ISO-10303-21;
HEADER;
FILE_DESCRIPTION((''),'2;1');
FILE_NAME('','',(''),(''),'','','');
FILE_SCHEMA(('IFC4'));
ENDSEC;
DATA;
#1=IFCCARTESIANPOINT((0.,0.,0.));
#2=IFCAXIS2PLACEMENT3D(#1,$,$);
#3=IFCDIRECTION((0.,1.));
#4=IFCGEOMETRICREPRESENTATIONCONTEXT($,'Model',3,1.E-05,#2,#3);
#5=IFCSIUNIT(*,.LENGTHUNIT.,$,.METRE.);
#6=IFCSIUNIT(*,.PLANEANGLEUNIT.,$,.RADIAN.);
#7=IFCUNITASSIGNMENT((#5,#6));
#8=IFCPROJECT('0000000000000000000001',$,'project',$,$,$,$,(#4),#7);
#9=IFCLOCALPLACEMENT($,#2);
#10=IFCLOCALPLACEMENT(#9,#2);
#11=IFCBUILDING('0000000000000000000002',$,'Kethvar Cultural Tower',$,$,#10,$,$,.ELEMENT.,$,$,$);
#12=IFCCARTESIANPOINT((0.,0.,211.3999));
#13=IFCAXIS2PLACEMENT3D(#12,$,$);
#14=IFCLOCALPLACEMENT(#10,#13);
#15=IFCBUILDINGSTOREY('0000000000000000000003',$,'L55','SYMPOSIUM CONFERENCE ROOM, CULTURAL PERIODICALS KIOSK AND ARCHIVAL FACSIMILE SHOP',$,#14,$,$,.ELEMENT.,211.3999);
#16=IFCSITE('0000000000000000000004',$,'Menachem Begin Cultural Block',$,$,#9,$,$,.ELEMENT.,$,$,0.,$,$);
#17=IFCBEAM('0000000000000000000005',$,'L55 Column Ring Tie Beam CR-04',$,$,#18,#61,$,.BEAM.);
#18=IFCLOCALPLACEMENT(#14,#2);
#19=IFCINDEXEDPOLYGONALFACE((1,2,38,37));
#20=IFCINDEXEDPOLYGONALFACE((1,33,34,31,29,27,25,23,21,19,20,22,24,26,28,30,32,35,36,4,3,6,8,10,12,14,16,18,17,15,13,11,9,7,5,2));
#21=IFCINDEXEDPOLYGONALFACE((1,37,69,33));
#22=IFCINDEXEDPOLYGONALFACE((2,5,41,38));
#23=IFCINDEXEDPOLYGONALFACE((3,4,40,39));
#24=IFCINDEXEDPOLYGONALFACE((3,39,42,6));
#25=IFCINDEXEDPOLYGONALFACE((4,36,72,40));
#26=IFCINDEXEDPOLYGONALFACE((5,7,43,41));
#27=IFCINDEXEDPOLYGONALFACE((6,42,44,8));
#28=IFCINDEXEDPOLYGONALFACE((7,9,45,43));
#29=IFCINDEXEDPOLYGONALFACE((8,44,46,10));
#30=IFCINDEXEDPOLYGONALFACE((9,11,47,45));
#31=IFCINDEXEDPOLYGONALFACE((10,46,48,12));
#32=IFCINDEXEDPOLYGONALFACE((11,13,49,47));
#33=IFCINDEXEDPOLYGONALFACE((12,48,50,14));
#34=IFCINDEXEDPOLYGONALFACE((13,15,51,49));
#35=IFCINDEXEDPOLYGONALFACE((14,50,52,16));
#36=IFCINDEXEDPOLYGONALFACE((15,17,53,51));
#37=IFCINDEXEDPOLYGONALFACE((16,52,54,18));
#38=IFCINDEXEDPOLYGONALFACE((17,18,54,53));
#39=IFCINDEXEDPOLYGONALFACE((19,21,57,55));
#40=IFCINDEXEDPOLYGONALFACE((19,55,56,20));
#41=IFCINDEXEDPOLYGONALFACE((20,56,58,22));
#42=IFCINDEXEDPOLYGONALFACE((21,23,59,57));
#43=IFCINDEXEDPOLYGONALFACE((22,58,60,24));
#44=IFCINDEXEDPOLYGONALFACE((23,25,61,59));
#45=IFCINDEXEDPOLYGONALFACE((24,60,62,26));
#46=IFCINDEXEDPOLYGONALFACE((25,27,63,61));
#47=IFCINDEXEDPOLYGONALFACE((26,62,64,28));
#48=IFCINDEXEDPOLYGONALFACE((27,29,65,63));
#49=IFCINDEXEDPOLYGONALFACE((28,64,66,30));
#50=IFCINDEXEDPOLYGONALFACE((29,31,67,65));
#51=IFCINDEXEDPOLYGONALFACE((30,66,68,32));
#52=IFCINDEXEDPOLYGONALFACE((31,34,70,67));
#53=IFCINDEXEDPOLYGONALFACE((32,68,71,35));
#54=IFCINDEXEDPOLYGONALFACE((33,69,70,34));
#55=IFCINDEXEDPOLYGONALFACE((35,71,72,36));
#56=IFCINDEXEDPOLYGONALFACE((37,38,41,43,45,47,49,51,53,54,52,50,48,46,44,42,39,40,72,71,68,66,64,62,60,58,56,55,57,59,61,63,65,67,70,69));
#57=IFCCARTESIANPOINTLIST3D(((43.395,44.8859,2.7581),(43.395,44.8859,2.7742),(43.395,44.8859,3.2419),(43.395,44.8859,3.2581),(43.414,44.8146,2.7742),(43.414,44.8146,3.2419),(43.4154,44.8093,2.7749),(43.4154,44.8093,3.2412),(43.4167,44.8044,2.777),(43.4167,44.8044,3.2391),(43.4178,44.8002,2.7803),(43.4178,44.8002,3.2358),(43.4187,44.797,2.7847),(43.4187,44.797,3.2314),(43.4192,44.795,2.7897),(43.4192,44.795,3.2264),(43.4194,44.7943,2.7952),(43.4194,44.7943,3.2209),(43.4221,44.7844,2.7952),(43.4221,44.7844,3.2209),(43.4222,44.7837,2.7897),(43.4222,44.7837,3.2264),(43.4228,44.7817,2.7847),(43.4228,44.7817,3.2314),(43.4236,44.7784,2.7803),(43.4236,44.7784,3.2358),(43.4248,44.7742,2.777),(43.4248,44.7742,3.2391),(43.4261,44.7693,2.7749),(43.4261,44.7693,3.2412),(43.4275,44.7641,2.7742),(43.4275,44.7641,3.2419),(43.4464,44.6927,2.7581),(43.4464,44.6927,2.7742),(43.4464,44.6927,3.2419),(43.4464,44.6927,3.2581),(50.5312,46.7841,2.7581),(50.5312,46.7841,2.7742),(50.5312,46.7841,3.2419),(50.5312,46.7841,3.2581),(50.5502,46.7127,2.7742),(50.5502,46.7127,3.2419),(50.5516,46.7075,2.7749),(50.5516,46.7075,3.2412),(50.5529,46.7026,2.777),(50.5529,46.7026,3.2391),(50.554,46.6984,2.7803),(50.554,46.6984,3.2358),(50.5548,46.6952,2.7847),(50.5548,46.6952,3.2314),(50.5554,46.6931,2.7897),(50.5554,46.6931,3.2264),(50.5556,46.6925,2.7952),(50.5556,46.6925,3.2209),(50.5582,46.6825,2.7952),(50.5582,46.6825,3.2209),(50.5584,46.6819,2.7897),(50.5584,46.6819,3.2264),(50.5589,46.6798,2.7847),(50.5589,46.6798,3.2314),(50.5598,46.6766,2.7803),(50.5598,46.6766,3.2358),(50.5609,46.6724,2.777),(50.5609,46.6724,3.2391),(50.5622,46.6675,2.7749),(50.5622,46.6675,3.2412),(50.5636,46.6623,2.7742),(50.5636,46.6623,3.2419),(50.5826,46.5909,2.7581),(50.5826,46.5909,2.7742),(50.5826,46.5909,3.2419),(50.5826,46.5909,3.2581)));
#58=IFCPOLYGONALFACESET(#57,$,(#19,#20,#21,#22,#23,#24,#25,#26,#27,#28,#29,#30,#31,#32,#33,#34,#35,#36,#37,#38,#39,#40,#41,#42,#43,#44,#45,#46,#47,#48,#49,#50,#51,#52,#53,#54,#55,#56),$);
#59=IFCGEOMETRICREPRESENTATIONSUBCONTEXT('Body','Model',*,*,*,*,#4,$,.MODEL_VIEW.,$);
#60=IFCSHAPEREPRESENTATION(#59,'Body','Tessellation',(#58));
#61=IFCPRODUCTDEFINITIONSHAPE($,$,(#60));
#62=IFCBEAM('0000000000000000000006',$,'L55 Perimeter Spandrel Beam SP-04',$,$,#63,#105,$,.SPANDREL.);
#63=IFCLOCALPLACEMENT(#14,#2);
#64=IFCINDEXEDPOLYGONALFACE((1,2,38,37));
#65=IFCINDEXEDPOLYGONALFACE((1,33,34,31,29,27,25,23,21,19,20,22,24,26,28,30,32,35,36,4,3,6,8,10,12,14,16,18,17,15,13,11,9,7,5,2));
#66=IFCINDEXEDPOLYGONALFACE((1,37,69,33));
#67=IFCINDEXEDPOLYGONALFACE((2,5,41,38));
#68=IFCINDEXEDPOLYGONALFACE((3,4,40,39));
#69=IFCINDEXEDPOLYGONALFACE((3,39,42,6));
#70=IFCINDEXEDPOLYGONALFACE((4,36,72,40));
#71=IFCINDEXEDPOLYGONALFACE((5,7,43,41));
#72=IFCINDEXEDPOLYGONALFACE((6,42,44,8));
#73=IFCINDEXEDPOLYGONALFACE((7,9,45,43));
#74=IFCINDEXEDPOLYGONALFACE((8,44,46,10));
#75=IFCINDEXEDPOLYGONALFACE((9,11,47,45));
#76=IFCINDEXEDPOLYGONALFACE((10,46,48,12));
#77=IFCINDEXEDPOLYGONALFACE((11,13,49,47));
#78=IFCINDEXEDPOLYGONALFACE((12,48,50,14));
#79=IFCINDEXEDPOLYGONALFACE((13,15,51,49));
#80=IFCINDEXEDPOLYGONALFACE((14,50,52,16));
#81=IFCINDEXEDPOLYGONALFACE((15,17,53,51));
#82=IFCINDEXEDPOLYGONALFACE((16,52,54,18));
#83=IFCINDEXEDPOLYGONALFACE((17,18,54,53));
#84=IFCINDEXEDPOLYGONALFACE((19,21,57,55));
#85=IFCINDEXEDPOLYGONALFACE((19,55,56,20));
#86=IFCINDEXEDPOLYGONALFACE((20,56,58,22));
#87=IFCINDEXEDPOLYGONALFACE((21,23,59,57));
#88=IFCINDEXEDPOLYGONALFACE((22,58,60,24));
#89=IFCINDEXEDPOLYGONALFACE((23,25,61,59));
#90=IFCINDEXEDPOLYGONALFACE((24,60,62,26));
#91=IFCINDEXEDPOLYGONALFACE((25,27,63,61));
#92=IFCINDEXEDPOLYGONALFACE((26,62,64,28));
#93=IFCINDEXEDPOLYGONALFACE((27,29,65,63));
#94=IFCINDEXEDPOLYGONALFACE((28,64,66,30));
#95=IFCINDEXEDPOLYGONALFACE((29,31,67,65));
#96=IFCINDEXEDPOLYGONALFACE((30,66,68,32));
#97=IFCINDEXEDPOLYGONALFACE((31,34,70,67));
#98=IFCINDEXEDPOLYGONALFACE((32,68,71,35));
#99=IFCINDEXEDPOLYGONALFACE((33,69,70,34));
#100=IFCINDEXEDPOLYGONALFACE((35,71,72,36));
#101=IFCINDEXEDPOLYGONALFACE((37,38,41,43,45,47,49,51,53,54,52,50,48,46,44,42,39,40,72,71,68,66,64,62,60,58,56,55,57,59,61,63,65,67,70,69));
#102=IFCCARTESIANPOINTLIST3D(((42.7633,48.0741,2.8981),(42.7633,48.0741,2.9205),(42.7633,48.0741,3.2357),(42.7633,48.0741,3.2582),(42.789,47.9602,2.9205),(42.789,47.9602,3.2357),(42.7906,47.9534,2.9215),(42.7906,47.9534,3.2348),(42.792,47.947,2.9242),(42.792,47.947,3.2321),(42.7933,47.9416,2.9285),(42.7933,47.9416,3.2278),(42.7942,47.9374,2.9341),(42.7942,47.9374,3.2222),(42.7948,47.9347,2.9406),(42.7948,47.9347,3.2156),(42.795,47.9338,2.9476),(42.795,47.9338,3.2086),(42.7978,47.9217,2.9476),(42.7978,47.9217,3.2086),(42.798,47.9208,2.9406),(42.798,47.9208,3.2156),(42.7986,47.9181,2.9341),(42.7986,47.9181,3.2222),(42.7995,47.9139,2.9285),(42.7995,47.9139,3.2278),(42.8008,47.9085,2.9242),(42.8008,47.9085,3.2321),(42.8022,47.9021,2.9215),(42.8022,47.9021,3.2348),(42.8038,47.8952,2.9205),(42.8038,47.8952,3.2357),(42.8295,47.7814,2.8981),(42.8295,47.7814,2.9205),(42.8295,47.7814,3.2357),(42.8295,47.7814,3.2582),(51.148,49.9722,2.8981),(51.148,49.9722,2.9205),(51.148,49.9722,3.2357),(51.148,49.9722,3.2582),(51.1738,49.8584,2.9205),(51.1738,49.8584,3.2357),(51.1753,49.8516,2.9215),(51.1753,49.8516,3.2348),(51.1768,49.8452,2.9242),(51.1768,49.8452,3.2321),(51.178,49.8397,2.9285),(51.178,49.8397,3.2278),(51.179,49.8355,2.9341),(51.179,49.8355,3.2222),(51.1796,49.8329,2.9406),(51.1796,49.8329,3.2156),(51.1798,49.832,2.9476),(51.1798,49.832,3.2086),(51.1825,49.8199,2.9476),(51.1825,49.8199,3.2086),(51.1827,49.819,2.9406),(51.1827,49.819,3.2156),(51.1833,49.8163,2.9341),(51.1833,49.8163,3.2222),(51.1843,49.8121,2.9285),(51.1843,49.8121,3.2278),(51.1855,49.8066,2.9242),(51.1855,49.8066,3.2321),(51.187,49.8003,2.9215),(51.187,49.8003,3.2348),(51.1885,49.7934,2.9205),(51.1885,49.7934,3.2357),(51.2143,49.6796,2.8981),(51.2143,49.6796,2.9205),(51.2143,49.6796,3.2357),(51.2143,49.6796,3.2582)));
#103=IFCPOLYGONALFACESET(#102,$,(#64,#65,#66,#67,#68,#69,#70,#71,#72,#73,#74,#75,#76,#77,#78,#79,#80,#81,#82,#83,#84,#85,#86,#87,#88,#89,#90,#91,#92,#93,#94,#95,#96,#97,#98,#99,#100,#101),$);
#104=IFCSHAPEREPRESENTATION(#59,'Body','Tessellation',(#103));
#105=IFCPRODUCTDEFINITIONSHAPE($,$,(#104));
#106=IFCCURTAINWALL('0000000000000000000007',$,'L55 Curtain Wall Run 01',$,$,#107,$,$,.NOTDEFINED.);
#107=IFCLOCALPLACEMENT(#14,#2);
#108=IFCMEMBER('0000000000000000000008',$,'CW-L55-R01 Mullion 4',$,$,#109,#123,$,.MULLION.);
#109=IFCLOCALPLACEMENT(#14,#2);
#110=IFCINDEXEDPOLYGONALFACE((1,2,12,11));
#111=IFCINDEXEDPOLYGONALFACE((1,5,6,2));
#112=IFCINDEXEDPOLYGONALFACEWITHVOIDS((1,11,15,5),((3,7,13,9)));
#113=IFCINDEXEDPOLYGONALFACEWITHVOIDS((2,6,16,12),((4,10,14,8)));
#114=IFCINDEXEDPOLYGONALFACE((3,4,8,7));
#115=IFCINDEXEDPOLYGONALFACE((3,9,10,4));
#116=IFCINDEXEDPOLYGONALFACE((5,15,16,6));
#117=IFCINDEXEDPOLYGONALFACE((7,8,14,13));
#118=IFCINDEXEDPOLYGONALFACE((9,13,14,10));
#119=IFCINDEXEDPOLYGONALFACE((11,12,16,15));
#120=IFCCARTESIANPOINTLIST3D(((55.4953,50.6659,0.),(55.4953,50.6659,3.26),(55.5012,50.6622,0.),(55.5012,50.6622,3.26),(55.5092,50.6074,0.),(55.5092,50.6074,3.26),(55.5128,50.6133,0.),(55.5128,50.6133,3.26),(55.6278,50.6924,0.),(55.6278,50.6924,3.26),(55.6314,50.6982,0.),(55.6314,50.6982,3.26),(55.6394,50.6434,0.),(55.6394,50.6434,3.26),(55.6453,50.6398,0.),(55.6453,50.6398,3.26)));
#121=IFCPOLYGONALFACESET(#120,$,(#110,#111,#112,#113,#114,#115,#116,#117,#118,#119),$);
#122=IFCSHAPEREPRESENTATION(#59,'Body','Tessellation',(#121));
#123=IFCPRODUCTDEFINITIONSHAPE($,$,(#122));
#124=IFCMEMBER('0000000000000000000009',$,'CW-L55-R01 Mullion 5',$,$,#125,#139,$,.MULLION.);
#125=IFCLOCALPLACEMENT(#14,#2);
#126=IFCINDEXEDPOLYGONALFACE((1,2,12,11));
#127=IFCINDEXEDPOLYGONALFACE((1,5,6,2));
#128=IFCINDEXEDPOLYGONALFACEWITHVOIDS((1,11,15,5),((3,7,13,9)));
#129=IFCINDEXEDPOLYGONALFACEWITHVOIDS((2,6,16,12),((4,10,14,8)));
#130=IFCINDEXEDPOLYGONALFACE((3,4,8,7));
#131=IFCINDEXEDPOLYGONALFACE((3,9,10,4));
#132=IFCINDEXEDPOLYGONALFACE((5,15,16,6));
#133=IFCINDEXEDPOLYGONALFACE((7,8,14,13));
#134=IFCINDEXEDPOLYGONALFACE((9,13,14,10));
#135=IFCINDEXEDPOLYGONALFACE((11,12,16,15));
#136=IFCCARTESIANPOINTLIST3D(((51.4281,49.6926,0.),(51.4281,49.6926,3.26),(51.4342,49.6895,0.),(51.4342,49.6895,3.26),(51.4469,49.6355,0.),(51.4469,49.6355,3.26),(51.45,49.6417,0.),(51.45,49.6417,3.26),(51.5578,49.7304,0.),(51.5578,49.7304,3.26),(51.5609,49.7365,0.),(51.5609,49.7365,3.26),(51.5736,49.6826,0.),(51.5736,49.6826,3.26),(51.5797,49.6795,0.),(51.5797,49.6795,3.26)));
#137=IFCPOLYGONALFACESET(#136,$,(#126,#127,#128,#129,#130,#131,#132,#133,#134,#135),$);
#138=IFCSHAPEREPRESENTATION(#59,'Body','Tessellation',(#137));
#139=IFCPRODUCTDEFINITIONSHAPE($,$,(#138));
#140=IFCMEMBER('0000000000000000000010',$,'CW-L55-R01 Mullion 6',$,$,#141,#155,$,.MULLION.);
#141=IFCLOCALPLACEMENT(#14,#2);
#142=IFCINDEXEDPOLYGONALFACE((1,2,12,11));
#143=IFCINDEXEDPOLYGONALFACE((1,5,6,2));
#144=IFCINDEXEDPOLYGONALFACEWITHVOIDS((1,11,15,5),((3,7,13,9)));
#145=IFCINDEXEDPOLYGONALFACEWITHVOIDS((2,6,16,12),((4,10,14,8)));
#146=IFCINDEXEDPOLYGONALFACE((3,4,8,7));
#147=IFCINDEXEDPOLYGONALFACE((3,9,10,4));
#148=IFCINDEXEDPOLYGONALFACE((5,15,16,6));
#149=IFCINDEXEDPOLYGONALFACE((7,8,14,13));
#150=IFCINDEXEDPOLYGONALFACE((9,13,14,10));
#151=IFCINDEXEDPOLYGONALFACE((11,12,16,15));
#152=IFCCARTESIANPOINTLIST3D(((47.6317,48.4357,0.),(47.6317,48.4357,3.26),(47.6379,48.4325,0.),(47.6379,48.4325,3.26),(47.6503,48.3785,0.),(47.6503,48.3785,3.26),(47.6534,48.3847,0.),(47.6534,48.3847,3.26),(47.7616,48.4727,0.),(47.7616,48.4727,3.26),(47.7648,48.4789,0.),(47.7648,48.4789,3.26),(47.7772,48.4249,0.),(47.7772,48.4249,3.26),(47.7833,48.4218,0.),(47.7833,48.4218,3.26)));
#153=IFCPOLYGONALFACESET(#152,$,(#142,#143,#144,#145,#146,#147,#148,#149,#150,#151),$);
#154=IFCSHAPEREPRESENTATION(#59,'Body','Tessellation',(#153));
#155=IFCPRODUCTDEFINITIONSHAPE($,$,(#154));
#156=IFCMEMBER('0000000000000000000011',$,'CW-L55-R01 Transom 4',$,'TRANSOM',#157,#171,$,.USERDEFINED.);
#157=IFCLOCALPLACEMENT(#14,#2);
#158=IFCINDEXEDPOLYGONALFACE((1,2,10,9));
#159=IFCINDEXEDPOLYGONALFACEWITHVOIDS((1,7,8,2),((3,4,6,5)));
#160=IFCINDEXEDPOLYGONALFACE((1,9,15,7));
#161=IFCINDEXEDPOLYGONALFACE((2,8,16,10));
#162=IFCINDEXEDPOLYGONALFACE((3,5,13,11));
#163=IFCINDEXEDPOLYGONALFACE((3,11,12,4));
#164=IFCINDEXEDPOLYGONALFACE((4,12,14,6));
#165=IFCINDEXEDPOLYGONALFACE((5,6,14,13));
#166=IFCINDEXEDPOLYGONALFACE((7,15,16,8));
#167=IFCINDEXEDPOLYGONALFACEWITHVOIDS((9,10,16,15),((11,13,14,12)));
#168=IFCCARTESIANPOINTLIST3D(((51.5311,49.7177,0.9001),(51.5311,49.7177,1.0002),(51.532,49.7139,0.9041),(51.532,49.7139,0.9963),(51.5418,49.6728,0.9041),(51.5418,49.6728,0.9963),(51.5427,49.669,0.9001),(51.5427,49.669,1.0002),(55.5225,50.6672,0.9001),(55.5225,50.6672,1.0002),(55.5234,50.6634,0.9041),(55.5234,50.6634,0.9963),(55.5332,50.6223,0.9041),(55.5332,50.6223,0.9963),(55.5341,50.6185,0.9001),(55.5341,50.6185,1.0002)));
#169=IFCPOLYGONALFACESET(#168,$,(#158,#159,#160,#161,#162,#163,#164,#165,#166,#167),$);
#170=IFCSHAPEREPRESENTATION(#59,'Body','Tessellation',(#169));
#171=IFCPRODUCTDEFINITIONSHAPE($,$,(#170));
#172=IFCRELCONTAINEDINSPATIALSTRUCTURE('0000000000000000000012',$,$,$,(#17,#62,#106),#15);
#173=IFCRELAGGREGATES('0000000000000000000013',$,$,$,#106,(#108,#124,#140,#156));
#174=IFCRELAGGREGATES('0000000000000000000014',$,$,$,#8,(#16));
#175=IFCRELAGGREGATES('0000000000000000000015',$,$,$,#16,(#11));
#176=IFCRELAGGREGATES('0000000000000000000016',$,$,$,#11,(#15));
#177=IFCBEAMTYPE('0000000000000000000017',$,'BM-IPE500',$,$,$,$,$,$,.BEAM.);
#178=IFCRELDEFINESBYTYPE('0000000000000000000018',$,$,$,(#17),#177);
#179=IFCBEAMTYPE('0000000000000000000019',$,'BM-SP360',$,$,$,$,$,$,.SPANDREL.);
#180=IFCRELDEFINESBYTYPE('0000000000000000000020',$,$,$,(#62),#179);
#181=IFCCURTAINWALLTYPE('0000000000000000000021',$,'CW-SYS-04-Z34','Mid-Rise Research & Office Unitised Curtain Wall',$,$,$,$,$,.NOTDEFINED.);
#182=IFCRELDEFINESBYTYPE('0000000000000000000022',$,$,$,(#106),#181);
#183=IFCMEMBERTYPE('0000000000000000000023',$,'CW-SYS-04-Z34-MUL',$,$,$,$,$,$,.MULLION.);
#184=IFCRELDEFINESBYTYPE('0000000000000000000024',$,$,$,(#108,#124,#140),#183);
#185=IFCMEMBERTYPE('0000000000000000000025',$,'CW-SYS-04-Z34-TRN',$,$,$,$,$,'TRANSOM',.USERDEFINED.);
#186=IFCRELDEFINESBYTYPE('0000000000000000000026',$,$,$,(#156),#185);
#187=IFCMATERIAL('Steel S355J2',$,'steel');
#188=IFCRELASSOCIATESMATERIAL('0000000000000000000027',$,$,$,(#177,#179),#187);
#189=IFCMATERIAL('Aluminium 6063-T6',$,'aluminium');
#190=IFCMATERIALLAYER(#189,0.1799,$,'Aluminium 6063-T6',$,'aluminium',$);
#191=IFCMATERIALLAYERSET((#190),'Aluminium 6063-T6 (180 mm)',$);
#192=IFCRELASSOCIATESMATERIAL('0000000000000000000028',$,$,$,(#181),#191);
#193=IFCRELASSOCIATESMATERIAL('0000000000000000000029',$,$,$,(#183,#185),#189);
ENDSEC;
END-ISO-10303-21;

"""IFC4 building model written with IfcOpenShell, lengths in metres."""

from ifc_helpers import new_model, si_unit, direction, frame, origin, origin_2d, place, context, subcontext, project, spatial, hollow_rectangle, i_section, extrude, source, transform, mapped, material, layer, layer_set, material_profile, profile_set, type_object, element, aggregate, save


model = new_model("IFC4")

# Units and contexts
model_context = context("Model", 3, precision=1e-05, world=origin(), true_north=direction((0.0, 1.0)))
body_context = subcontext(model_context, "Body", "Model", "MODEL_VIEW")
ifc_project = project(units=[si_unit("LENGTHUNIT", "METRE"), si_unit("PLANEANGLEUNIT", "RADIAN")], contexts=[model_context])

# Site, building, storey
site_placement = place(None, origin())
site = spatial("IfcSite", under=ifc_project, at=site_placement, Name="Menachem Begin Cultural Block", CompositionType="ELEMENT", RefElevation=0.0)
building_placement = place(site_placement, origin())
building = spatial("IfcBuilding", under=site, at=building_placement, Name="Kethvar Cultural Tower", CompositionType="ELEMENT")
storey_placement = place(building_placement, frame((0.0, 0.0, 211.3999)))
storey = spatial("IfcBuildingStorey", under=building, at=storey_placement, Name="L55", Description="SYMPOSIUM CONFERENCE ROOM, CULTURAL PERIODICALS KIOSK AND ARCHIVAL FACSIMILE SHOP", CompositionType="ELEMENT", Elevation=211.3999)

# Beams
ifc_material_1 = material(Name="Steel S355J2", Category="steel")
ifc_material_profile_1 = material_profile(ifc_material_1, i_section(OverallWidth=0.2, OverallDepth=0.5, WebThickness=0.0103, FlangeThickness=0.0161, FilletRadius=0.021, at=origin_2d()), Name="Steel S355J2 — IPE500")
ifc_profile_set_1 = profile_set([ifc_material_profile_1], Name="Steel S355J2 — IPE500")
beam_type_1 = type_object("IfcBeamType", Name="BM-IPE500", PredefinedType="BEAM", material=ifc_profile_set_1)
shared_shape_1 = source(origin(), body_context, "Body", "SweptSolid", [
    extrude(i_section(OverallWidth=0.2, OverallDepth=0.5, WebThickness=0.0103, FlangeThickness=0.0161, FilletRadius=0.021, at=origin_2d()), origin(), (0.0, 0.0, 1.0), 7.3843),
])
beam_1_placement = place(storey_placement, frame((50.5569, 46.6875, 3.0081), z_axis=(-0.966397, -0.257056, 0.0), x_axis=(0.257056, -0.966397, 0.0)))
element("IfcBeam", 1, at=beam_1_placement, inside=storey, type_object=beam_type_1, Name="L55 Column Ring Tie Beam CR-04", PredefinedType="BEAM", context=body_context, shape_type="MappedRepresentation", body=[
    mapped(shared_shape_1, transform((0.0, 0.0, 0.0), scale=1.0)),
])
ifc_material_profile_2 = material_profile(ifc_material_1, i_section(OverallWidth=0.3, OverallDepth=0.3601, WebThickness=0.0125, FlangeThickness=0.0225, FilletRadius=0.0271, at=origin_2d()), Name="Steel S355J2 — HEB360")
ifc_profile_set_2 = profile_set([ifc_material_profile_2], Name="Steel S355J2 — HEB360")
beam_type_2 = type_object("IfcBeamType", Name="BM-SP360", PredefinedType="SPANDREL", material=ifc_profile_set_2)
shared_shape_2 = source(origin(), body_context, "Body", "SweptSolid", [
    extrude(i_section(OverallWidth=0.3, OverallDepth=0.3601, WebThickness=0.0125, FlangeThickness=0.0225, FilletRadius=0.0271, at=origin_2d()), origin(), (0.0, 0.0, 1.0), 8.5969),
])
beam_2_placement = place(storey_placement, frame((51.1812, 49.8259, 3.0781), z_axis=(-0.975319, -0.220799, 0.0), x_axis=(0.220799, -0.975319, 0.0)))
element("IfcBeam", 2, at=beam_2_placement, inside=storey, type_object=beam_type_2, Name="L55 Perimeter Spandrel Beam SP-04", PredefinedType="SPANDREL", context=body_context, shape_type="MappedRepresentation", body=[
    mapped(shared_shape_2, transform((0.0, 0.0, 0.0), scale=1.0)),
])

# Curtain wall, members
ifc_material_2 = material(Name="Aluminium 6063-T6", Category="aluminium")
ifc_layer_1 = layer(ifc_material_2, 0.1799, Name="Aluminium 6063-T6", Category="aluminium")
ifc_layer_set_1 = layer_set([ifc_layer_1], Name="Aluminium 6063-T6 (180 mm)")
curtain_wall_type = type_object("IfcCurtainWallType", Name="CW-SYS-04-Z34", Description="Mid-Rise Research & Office Unitised Curtain Wall", PredefinedType="NOTDEFINED", material=ifc_layer_set_1)
curtain_wall_placement = place(storey_placement, origin())
curtain_wall = element("IfcCurtainWall", 3, at=curtain_wall_placement, inside=storey, type_object=curtain_wall_type, Name="L55 Curtain Wall Run 01", PredefinedType="NOTDEFINED")
ifc_material_profile_3 = material_profile(ifc_material_2, hollow_rectangle(XDim=0.0601, YDim=0.1399, WallThickness=0.0049, at=origin_2d()), Name="Aluminium 6063-T6 — RHS140x60x5")
ifc_profile_set_3 = profile_set([ifc_material_profile_3], Name="Aluminium 6063-T6 — RHS140x60x5")
member_type_1 = type_object("IfcMemberType", Name="CW-SYS-04-Z34-MUL", PredefinedType="MULLION", material=ifc_profile_set_3)
shared_shape_3 = source(origin(), body_context, "Body", "SweptSolid", [
    extrude(hollow_rectangle(XDim=0.0601, YDim=0.1399, WallThickness=0.0049, at=origin_2d()), origin(), (0.0, 0.0, 1.0), 3.26),
])
member_1_placement = place(storey_placement, frame((55.5703, 50.6528, 0.0), z_axis=(0.0, 0.0, 1.0), x_axis=(0.231408, -0.972857, 0.0)))
member_1 = element("IfcMember", 4, at=member_1_placement, type_object=member_type_1, Name="CW-L55-R01 Mullion 4", PredefinedType="MULLION", context=body_context, shape_type="MappedRepresentation", body=[
    mapped(shared_shape_3, transform((0.0, 0.0, 0.0), scale=1.0)),
])
member_2_placement = place(storey_placement, frame((51.5039, 49.686, 0.0), z_axis=(0.0, 0.0, 1.0), x_axis=(0.314374, -0.949299, 0.0)))
member_2 = element("IfcMember", 5, at=member_2_placement, type_object=member_type_1, Name="CW-L55-R01 Mullion 5", PredefinedType="MULLION", context=body_context, shape_type="MappedRepresentation", body=[
    mapped(shared_shape_3, transform((0.0, 0.0, 0.0), scale=1.0)),
])
member_3_placement = place(storey_placement, frame((47.7075, 48.4287, 0.0), z_axis=(0.0, 0.0, 1.0), x_axis=(0.308851, -0.95111, 0.0)))
member_3 = element("IfcMember", 6, at=member_3_placement, type_object=member_type_1, Name="CW-L55-R01 Mullion 6", PredefinedType="MULLION", context=body_context, shape_type="MappedRepresentation", body=[
    mapped(shared_shape_3, transform((0.0, 0.0, 0.0), scale=1.0)),
])
ifc_material_profile_4 = material_profile(ifc_material_2, hollow_rectangle(XDim=0.05, YDim=0.1001, WallThickness=0.0039, at=origin_2d()), Name="Aluminium 6063-T6 — RHS100x50x4")
ifc_profile_set_4 = profile_set([ifc_material_profile_4], Name="Aluminium 6063-T6 — RHS100x50x4")
member_type_2 = type_object("IfcMemberType", Name="CW-SYS-04-Z34-TRN", ElementType="TRANSOM", PredefinedType="USERDEFINED", material=ifc_profile_set_4)
shared_shape_4 = source(origin(), body_context, "Body", "SweptSolid", [
    extrude(hollow_rectangle(XDim=0.05, YDim=0.1001, WallThickness=0.0039, at=origin_2d()), origin(), (0.0, 0.0, 1.0), 4.1028),
])
member_4_placement = place(storey_placement, frame((55.5283, 50.6428, 0.9502), z_axis=(-0.972855, -0.231417, 0.0), x_axis=(0.231417, -0.972855, 0.0)))
member_4 = element("IfcMember", 7, at=member_4_placement, type_object=member_type_2, Name="CW-L55-R01 Transom 4", ObjectType="TRANSOM", PredefinedType="USERDEFINED", context=body_context, shape_type="MappedRepresentation", body=[
    mapped(shared_shape_4, transform((0.0, 0.0, 0.0), scale=1.0)),
])
aggregate(curtain_wall, [member_1, member_2, member_3, member_4])

save(model, "model.ifc")
